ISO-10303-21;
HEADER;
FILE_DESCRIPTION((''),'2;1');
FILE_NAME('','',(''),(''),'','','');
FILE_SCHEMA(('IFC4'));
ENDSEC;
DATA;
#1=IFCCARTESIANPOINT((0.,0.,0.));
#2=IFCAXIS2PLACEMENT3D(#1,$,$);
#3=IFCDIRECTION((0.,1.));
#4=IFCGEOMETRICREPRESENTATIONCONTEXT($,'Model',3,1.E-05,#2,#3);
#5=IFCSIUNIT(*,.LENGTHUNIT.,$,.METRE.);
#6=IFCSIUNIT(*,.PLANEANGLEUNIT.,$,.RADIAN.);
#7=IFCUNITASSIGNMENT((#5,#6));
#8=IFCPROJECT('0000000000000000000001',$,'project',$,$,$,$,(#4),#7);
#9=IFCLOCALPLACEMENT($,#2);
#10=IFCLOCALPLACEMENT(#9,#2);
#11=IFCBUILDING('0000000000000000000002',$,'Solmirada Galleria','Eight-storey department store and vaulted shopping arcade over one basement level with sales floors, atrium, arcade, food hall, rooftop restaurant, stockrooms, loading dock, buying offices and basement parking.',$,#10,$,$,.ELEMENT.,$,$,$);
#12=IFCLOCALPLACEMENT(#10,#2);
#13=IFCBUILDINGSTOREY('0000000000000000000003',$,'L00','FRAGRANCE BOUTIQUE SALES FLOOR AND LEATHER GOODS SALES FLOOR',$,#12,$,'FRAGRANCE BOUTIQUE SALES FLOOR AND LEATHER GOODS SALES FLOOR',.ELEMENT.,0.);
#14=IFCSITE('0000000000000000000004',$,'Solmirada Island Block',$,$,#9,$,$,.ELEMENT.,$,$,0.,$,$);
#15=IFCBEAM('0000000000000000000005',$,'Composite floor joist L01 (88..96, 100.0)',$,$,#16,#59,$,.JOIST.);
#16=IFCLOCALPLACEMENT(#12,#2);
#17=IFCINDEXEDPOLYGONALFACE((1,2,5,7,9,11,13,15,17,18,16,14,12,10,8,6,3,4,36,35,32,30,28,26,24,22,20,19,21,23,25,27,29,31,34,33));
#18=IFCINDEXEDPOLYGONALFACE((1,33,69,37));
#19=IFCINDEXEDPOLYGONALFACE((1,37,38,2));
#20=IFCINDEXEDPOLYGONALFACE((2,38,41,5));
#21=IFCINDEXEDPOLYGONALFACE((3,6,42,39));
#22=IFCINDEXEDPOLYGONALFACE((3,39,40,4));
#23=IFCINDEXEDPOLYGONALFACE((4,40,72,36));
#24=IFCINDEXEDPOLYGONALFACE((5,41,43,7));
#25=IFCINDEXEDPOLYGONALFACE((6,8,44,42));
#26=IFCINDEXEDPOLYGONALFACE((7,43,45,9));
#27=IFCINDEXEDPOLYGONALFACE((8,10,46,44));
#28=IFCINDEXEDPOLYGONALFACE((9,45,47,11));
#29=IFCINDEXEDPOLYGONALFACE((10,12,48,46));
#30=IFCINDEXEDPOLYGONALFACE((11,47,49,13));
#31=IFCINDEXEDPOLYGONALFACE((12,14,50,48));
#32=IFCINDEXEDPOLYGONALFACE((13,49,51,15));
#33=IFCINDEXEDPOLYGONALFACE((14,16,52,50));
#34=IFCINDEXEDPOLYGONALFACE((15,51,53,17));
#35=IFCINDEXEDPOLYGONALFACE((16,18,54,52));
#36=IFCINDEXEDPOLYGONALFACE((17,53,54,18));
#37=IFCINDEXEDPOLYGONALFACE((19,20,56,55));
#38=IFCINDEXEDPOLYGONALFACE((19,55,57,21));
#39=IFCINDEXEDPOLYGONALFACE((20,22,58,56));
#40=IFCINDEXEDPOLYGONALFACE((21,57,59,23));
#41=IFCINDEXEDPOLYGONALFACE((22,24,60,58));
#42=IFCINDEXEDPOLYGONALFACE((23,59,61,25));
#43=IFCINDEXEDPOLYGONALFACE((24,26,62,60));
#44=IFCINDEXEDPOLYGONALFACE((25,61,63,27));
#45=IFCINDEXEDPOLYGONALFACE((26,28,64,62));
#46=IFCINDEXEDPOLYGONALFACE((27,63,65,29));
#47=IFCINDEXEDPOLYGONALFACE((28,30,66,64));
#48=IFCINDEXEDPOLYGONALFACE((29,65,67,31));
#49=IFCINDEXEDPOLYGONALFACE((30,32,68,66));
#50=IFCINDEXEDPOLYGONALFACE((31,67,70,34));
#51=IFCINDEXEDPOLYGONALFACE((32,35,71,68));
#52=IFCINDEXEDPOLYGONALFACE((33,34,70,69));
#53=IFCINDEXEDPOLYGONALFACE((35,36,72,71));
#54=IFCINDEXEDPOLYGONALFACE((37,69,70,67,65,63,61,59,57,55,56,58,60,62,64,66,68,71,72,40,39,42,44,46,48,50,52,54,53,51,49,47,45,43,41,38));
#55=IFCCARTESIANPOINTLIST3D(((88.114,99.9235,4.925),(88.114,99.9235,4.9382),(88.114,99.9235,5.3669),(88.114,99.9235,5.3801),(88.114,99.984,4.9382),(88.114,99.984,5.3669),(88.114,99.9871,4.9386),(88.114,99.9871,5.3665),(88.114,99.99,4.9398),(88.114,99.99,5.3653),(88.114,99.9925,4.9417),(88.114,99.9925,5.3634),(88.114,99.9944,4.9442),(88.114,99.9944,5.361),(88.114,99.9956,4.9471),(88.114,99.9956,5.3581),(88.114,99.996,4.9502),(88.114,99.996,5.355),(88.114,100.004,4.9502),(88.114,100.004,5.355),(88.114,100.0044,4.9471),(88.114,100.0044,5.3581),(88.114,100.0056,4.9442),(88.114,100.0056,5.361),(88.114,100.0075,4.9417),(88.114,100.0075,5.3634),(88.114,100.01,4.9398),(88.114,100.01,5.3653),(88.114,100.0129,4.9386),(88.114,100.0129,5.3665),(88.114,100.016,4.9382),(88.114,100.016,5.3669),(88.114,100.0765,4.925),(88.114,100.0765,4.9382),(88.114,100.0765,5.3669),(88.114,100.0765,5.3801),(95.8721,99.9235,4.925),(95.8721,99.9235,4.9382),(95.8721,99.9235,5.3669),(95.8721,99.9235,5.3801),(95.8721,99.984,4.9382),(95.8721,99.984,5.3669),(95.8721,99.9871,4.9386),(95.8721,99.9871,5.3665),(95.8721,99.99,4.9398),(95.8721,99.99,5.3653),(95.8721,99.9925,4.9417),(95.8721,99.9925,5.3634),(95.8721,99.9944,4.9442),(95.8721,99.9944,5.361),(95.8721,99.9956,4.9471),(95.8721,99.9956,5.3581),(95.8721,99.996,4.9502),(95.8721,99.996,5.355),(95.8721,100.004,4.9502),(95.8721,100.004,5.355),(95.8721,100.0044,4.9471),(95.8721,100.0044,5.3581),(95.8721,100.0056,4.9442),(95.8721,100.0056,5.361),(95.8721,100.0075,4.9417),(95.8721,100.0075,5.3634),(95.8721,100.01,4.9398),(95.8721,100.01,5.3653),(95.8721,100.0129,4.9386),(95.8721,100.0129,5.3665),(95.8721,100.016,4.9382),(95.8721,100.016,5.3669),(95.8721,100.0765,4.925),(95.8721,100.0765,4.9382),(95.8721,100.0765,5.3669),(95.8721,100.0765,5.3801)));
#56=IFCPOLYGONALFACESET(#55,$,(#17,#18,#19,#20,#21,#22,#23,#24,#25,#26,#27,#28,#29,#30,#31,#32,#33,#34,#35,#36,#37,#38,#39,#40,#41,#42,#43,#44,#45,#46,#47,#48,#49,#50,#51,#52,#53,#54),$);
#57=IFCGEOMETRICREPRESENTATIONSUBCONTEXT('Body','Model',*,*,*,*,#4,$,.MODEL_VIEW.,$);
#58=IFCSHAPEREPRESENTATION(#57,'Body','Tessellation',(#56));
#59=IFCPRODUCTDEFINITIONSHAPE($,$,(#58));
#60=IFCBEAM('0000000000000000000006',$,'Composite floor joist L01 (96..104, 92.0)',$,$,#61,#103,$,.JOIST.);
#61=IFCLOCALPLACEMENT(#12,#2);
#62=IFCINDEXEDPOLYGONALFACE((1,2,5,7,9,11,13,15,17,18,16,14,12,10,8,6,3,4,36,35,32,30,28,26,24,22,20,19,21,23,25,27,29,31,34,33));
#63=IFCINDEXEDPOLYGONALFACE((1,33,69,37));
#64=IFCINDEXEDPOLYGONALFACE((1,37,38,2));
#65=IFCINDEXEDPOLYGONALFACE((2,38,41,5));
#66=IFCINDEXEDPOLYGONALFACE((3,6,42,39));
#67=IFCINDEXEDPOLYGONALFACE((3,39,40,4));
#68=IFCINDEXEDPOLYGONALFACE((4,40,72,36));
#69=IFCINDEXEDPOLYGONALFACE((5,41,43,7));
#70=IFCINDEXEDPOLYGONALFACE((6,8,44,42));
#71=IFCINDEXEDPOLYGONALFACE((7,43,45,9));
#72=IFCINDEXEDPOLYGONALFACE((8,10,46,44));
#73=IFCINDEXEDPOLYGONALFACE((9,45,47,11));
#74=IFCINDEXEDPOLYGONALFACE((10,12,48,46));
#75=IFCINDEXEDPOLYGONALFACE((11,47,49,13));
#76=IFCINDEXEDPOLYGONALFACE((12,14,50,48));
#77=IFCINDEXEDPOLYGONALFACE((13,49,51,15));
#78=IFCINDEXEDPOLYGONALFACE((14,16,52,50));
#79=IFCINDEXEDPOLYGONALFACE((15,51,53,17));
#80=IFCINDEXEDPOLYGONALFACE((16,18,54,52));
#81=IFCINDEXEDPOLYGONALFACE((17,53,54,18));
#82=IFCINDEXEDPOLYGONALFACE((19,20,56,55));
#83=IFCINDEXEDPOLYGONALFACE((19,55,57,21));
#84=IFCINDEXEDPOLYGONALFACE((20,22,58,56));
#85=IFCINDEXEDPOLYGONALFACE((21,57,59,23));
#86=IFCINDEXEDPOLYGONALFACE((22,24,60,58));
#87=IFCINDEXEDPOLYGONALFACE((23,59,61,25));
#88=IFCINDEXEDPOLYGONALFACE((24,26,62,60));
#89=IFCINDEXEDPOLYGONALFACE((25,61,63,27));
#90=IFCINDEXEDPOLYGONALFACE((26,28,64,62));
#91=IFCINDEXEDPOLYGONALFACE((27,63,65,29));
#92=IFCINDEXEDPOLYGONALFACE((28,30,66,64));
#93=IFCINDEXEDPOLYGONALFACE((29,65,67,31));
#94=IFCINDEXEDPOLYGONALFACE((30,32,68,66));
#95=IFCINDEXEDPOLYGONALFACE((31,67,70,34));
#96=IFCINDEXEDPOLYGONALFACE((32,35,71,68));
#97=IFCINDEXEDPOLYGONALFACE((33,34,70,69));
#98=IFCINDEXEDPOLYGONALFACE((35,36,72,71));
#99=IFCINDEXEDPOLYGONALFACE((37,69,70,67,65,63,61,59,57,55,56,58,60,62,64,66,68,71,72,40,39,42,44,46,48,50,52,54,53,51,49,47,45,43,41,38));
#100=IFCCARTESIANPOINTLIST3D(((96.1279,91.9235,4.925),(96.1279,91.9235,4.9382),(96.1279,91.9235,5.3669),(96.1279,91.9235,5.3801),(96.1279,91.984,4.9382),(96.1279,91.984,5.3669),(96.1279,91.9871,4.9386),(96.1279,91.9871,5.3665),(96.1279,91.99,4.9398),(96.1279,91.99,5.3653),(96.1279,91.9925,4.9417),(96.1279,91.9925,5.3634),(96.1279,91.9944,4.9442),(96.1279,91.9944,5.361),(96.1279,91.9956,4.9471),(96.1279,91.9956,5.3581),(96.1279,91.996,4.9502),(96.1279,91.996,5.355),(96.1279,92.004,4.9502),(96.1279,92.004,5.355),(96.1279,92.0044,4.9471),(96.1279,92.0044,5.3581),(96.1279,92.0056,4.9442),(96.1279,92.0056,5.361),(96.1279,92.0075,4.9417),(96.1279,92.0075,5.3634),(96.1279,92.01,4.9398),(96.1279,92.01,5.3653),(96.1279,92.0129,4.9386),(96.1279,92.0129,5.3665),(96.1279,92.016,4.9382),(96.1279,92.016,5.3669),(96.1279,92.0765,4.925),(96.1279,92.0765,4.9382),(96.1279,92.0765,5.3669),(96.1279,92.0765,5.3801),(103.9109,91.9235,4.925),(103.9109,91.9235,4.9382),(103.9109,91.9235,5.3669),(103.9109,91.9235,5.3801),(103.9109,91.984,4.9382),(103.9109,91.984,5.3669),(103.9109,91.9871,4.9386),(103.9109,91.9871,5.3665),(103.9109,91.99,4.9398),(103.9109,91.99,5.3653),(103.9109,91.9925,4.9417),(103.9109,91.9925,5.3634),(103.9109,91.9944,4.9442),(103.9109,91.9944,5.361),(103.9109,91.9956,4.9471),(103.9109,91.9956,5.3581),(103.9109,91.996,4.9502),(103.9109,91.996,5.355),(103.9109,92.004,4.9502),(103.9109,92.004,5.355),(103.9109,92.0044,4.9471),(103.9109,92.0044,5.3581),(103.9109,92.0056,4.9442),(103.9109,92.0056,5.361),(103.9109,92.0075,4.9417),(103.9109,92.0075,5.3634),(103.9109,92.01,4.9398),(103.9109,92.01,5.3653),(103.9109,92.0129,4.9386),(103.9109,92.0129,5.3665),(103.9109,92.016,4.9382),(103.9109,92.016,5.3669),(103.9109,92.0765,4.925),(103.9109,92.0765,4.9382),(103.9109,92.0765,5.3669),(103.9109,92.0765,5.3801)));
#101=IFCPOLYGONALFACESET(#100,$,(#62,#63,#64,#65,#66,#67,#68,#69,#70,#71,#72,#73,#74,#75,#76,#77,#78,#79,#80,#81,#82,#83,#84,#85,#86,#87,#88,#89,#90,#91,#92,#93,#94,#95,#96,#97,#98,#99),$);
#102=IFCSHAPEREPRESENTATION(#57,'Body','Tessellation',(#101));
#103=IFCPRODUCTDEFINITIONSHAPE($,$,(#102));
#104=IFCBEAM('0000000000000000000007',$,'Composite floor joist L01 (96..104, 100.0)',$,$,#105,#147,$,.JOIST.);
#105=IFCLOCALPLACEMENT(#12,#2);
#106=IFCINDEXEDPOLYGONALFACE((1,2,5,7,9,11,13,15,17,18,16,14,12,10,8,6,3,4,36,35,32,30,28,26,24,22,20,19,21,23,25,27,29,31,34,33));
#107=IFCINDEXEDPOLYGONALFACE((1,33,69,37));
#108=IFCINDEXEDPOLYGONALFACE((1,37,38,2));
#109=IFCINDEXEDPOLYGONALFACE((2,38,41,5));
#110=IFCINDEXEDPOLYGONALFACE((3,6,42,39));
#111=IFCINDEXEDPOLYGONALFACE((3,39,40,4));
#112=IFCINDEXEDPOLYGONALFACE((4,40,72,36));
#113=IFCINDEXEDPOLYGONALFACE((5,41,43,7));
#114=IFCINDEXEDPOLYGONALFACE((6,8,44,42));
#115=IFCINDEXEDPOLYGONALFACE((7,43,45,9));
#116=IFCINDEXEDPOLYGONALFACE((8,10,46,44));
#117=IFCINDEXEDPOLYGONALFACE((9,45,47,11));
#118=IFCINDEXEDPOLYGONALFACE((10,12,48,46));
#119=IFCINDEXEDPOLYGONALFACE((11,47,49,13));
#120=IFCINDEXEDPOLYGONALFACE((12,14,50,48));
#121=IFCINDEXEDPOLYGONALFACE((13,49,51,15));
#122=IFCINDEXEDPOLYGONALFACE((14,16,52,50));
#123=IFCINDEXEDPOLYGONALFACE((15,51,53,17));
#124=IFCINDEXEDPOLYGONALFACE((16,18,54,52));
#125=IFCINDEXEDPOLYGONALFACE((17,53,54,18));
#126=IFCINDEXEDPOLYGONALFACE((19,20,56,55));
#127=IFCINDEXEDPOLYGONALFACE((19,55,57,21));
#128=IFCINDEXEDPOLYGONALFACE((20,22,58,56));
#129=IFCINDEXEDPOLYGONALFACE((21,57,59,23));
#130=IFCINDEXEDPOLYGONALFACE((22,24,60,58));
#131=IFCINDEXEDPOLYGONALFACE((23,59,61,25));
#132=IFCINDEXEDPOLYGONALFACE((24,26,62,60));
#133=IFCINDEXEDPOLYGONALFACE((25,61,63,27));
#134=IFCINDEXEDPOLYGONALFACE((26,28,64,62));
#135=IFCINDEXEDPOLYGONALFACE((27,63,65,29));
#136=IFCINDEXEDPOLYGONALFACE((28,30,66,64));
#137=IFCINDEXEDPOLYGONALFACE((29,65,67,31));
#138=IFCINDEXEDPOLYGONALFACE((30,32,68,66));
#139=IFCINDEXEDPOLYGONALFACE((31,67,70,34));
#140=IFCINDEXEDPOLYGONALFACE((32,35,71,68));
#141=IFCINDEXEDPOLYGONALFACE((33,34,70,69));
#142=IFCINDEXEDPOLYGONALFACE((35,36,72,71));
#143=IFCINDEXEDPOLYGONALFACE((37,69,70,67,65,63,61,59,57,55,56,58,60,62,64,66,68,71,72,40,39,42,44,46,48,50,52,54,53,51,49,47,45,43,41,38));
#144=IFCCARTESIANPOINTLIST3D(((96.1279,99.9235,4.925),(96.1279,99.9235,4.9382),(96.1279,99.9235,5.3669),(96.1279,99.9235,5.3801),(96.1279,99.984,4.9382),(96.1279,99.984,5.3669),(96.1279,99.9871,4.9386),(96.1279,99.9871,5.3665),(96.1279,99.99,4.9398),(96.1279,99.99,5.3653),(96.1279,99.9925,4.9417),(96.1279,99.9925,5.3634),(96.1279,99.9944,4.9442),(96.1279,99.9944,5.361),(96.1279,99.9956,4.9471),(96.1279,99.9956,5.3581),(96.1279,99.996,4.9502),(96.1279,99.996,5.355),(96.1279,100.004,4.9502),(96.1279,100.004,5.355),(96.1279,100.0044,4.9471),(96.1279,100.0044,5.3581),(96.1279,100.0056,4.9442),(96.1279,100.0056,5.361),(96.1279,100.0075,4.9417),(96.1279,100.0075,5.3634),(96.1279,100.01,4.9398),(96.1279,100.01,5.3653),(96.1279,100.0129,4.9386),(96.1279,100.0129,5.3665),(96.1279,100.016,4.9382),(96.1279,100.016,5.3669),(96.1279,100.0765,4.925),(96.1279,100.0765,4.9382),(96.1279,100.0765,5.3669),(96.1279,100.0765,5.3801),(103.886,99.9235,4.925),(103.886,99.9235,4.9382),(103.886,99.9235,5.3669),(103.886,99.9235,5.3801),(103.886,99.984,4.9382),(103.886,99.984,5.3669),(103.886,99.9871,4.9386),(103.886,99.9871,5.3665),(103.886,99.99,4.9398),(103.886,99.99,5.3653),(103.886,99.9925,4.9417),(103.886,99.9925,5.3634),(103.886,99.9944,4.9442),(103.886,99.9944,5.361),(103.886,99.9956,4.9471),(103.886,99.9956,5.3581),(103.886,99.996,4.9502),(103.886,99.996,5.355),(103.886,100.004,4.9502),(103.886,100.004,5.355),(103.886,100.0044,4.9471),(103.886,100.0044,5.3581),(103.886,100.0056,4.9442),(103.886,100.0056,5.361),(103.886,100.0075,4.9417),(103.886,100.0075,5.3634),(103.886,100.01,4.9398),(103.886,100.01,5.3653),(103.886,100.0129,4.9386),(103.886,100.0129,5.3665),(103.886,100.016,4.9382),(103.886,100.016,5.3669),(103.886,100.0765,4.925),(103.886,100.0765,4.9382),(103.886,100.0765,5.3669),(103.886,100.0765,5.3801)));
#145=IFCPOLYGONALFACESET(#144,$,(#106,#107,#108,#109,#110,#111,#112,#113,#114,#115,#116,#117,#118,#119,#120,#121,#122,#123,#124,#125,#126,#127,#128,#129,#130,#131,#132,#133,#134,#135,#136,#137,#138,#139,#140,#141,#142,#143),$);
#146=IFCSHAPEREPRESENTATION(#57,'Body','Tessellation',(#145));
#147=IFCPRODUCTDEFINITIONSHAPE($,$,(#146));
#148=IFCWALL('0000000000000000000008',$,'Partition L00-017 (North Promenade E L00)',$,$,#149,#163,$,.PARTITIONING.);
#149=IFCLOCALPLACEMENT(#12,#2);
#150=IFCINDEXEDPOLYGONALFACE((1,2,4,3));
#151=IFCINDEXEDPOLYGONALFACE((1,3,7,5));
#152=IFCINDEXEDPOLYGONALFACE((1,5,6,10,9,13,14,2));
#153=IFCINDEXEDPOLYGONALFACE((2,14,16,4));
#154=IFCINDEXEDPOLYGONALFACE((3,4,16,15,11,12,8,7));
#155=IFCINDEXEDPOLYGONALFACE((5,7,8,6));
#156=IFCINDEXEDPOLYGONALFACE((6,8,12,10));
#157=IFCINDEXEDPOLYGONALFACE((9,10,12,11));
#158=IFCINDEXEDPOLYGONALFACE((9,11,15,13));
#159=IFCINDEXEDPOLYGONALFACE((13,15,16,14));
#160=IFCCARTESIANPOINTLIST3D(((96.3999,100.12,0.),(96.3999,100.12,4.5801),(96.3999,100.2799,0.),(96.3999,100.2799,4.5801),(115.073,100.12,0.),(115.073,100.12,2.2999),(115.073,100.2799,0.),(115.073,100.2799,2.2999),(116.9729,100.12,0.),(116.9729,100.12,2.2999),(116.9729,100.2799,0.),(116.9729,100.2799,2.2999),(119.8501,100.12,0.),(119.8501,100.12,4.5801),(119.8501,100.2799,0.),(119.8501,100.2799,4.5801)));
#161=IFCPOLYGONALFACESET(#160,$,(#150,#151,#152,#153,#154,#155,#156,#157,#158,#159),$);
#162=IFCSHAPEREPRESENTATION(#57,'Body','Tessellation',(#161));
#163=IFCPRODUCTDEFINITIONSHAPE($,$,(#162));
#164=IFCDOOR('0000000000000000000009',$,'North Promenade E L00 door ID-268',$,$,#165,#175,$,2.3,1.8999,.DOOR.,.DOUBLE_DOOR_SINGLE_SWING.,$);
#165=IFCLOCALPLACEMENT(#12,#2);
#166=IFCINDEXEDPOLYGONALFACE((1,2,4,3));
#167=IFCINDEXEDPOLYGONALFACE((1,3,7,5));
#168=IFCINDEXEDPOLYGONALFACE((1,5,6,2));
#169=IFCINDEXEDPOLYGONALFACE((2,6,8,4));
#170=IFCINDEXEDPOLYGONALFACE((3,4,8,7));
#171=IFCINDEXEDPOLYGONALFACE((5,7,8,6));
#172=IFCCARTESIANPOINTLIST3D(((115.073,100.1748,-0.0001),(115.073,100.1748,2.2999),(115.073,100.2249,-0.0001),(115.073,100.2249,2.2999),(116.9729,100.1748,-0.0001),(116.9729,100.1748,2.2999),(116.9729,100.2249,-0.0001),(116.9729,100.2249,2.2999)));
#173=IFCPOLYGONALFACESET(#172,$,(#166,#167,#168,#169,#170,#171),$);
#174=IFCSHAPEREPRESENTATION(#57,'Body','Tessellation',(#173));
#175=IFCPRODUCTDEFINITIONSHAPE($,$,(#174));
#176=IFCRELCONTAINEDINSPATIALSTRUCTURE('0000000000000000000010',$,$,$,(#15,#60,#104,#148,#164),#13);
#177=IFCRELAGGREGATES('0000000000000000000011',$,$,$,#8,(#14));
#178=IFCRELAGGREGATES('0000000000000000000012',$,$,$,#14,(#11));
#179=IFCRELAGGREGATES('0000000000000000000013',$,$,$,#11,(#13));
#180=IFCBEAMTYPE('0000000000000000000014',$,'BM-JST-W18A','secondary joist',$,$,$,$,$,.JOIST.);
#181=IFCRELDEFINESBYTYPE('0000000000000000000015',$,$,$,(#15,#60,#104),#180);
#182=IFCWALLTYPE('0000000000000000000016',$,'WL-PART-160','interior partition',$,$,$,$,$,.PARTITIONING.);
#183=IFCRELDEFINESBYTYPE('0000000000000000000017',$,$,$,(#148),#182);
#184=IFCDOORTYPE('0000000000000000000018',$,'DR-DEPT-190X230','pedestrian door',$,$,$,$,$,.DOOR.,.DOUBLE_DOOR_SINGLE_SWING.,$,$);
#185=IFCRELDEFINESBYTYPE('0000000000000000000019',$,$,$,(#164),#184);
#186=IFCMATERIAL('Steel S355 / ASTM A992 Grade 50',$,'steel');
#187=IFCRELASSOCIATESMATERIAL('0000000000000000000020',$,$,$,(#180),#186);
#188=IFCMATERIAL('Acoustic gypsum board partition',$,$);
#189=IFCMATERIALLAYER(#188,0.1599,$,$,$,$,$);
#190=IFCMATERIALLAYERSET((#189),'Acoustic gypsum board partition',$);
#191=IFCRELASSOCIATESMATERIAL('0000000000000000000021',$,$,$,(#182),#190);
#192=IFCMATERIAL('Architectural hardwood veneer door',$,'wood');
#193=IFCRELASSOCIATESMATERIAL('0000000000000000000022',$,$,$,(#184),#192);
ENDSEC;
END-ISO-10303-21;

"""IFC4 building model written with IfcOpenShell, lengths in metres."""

from ifc_helpers import new_model, si_unit, direction, frame, frame_2d, origin, origin_2d, place, context, subcontext, project, spatial, rectangle, i_section, extrude, material, layer, layer_set, material_profile, profile_set, type_object, element, fill, save


model = new_model("IFC4")

# Units and contexts
model_context = context("Model", 3, precision=1e-05, world=origin(), true_north=direction((0.0, 1.0)))
body_context = subcontext(model_context, "Body", "Model", "MODEL_VIEW")
ifc_project = project(units=[si_unit("LENGTHUNIT", "METRE"), si_unit("PLANEANGLEUNIT", "RADIAN")], contexts=[model_context])

# Site, building, storey
site_placement = place(None, origin())
site = spatial("IfcSite", under=ifc_project, at=site_placement, Name="Solmirada Island Block", CompositionType="ELEMENT", RefElevation=0.0)
building_placement = place(site_placement, origin())
building = spatial("IfcBuilding", under=site, at=building_placement, Name="Solmirada Galleria", Description="Eight-storey department store and vaulted shopping arcade over one basement level with sales floors, atrium, arcade, food hall, rooftop restaurant, stockrooms, loading dock, buying offices and basement parking.", CompositionType="ELEMENT")
storey_placement = place(building_placement, origin())
storey = spatial("IfcBuildingStorey", under=building, at=storey_placement, Name="L00", Description="FRAGRANCE BOUTIQUE SALES FLOOR AND LEATHER GOODS SALES FLOOR", LongName="FRAGRANCE BOUTIQUE SALES FLOOR AND LEATHER GOODS SALES FLOOR", CompositionType="ELEMENT", Elevation=0.0)

# Beams
ifc_material_1 = material(Name="Steel S355 / ASTM A992 Grade 50", Category="steel")
ifc_material_profile_1 = material_profile(ifc_material_1, i_section(OverallWidth=0.1531, OverallDepth=0.4551, WebThickness=0.0081, FlangeThickness=0.0132, FilletRadius=0.012, at=origin_2d()), Name="W18X40")
ifc_profile_set_1 = profile_set([ifc_material_profile_1], Name="Steel S355 / ASTM A992 Grade 50")
beam_type_1 = type_object("IfcBeamType", Name="BM-JST-W18A", Description="secondary joist", PredefinedType="JOIST", material=ifc_profile_set_1)
beam_1_placement = place(storey_placement, frame((88.114, 100.0, 5.1526), z_axis=(1.0, 0.0, 0.0), x_axis=(0.0, 1.0, 0.0)))
element("IfcBeam", 1, at=beam_1_placement, inside=storey, type_object=beam_type_1, Name="Composite floor joist L01 (88..96, 100.0)", PredefinedType="JOIST", context=body_context, shape_type="SweptSolid", body=[
    extrude(i_section(OverallWidth=0.1531, OverallDepth=0.4551, WebThickness=0.0081, FlangeThickness=0.0132, FilletRadius=0.012, at=origin_2d()), origin(), (0.0, 0.0, 1.0), 7.7581),
])
beam_2_placement = place(storey_placement, frame((96.1279, 92.0, 5.1526), z_axis=(1.0, 0.0, 0.0), x_axis=(0.0, 1.0, 0.0)))
element("IfcBeam", 2, at=beam_2_placement, inside=storey, type_object=beam_type_1, Name="Composite floor joist L01 (96..104, 92.0)", PredefinedType="JOIST", context=body_context, shape_type="SweptSolid", body=[
    extrude(i_section(OverallWidth=0.1531, OverallDepth=0.4551, WebThickness=0.0081, FlangeThickness=0.0132, FilletRadius=0.012, at=origin_2d()), origin(), (0.0, 0.0, 1.0), 7.783),
])
beam_3_placement = place(storey_placement, frame((96.1279, 100.0, 5.1526), z_axis=(1.0, 0.0, 0.0), x_axis=(0.0, 1.0, 0.0)))
element("IfcBeam", 3, at=beam_3_placement, inside=storey, type_object=beam_type_1, Name="Composite floor joist L01 (96..104, 100.0)", PredefinedType="JOIST", context=body_context, shape_type="SweptSolid", body=[
    extrude(i_section(OverallWidth=0.1531, OverallDepth=0.4551, WebThickness=0.0081, FlangeThickness=0.0132, FilletRadius=0.012, at=origin_2d()), origin(), (0.0, 0.0, 1.0), 7.7581),
])

# Wall, opening, door
ifc_material_2 = material(Name="Acoustic gypsum board partition")
ifc_layer = layer(ifc_material_2, 0.1599)
ifc_layer_set = layer_set([ifc_layer], Name="Acoustic gypsum board partition")
wall_type = type_object("IfcWallType", Name="WL-PART-160", Description="interior partition", PredefinedType="PARTITIONING", material=ifc_layer_set)
wall_placement = place(storey_placement, frame((96.3999, 100.2, 0.0), z_axis=(0.0, 0.0, 1.0), x_axis=(1.0, 0.0, 0.0)))
wall = element("IfcWall", 4, at=wall_placement, inside=storey, type_object=wall_type, Name="Partition L00-017 (North Promenade E L00)", PredefinedType="PARTITIONING", context=body_context, shape_type="SweptSolid", body=[
    extrude(rectangle(XDim=23.4502, YDim=0.1599, at=frame_2d((11.7251, 0.0))), origin(), (0.0, 0.0, 1.0), 4.5801),
])
opening_placement = place(wall_placement, frame((18.6731, 0.0, 0.0)))
opening = element("IfcOpeningElement", 5, at=opening_placement, cuts=wall, PredefinedType="OPENING", context=body_context, shape_type="SweptSolid", body=[
    extrude(rectangle(XDim=1.8999, YDim=2.3, at=frame_2d((0.95, 1.1499))), frame((0.0, 0.0898, 0.0), z_axis=(0.0, -1.0, 0.0), x_axis=(1.0, 0.0, 0.0)), (0.0, 0.0, 1.0), 0.1799),
])
ifc_material_3 = material(Name="Architectural hardwood veneer door", Category="wood")
door_type = type_object("IfcDoorType", Name="DR-DEPT-190X230", Description="pedestrian door", OperationType="DOUBLE_DOOR_SINGLE_SWING", PredefinedType="DOOR", material=ifc_material_3)
door_placement = place(opening_placement, origin())
door = element("IfcDoor", 6, at=door_placement, inside=storey, type_object=door_type, Name="North Promenade E L00 door ID-268", OperationType="DOUBLE_DOOR_SINGLE_SWING", OverallHeight=2.3, OverallWidth=1.8999, PredefinedType="DOOR", context=body_context, shape_type="SweptSolid", body=[
    extrude(rectangle(XDim=1.8999, YDim=2.3, at=frame_2d((0.95, 1.1499))), frame((0.0, 0.0249, 0.0), z_axis=(0.0, -1.0, 0.0), x_axis=(1.0, 0.0, 0.0)), (0.0, 0.0, 1.0), 0.05),
])
fill(opening, door)

save(model, "model.ifc")
